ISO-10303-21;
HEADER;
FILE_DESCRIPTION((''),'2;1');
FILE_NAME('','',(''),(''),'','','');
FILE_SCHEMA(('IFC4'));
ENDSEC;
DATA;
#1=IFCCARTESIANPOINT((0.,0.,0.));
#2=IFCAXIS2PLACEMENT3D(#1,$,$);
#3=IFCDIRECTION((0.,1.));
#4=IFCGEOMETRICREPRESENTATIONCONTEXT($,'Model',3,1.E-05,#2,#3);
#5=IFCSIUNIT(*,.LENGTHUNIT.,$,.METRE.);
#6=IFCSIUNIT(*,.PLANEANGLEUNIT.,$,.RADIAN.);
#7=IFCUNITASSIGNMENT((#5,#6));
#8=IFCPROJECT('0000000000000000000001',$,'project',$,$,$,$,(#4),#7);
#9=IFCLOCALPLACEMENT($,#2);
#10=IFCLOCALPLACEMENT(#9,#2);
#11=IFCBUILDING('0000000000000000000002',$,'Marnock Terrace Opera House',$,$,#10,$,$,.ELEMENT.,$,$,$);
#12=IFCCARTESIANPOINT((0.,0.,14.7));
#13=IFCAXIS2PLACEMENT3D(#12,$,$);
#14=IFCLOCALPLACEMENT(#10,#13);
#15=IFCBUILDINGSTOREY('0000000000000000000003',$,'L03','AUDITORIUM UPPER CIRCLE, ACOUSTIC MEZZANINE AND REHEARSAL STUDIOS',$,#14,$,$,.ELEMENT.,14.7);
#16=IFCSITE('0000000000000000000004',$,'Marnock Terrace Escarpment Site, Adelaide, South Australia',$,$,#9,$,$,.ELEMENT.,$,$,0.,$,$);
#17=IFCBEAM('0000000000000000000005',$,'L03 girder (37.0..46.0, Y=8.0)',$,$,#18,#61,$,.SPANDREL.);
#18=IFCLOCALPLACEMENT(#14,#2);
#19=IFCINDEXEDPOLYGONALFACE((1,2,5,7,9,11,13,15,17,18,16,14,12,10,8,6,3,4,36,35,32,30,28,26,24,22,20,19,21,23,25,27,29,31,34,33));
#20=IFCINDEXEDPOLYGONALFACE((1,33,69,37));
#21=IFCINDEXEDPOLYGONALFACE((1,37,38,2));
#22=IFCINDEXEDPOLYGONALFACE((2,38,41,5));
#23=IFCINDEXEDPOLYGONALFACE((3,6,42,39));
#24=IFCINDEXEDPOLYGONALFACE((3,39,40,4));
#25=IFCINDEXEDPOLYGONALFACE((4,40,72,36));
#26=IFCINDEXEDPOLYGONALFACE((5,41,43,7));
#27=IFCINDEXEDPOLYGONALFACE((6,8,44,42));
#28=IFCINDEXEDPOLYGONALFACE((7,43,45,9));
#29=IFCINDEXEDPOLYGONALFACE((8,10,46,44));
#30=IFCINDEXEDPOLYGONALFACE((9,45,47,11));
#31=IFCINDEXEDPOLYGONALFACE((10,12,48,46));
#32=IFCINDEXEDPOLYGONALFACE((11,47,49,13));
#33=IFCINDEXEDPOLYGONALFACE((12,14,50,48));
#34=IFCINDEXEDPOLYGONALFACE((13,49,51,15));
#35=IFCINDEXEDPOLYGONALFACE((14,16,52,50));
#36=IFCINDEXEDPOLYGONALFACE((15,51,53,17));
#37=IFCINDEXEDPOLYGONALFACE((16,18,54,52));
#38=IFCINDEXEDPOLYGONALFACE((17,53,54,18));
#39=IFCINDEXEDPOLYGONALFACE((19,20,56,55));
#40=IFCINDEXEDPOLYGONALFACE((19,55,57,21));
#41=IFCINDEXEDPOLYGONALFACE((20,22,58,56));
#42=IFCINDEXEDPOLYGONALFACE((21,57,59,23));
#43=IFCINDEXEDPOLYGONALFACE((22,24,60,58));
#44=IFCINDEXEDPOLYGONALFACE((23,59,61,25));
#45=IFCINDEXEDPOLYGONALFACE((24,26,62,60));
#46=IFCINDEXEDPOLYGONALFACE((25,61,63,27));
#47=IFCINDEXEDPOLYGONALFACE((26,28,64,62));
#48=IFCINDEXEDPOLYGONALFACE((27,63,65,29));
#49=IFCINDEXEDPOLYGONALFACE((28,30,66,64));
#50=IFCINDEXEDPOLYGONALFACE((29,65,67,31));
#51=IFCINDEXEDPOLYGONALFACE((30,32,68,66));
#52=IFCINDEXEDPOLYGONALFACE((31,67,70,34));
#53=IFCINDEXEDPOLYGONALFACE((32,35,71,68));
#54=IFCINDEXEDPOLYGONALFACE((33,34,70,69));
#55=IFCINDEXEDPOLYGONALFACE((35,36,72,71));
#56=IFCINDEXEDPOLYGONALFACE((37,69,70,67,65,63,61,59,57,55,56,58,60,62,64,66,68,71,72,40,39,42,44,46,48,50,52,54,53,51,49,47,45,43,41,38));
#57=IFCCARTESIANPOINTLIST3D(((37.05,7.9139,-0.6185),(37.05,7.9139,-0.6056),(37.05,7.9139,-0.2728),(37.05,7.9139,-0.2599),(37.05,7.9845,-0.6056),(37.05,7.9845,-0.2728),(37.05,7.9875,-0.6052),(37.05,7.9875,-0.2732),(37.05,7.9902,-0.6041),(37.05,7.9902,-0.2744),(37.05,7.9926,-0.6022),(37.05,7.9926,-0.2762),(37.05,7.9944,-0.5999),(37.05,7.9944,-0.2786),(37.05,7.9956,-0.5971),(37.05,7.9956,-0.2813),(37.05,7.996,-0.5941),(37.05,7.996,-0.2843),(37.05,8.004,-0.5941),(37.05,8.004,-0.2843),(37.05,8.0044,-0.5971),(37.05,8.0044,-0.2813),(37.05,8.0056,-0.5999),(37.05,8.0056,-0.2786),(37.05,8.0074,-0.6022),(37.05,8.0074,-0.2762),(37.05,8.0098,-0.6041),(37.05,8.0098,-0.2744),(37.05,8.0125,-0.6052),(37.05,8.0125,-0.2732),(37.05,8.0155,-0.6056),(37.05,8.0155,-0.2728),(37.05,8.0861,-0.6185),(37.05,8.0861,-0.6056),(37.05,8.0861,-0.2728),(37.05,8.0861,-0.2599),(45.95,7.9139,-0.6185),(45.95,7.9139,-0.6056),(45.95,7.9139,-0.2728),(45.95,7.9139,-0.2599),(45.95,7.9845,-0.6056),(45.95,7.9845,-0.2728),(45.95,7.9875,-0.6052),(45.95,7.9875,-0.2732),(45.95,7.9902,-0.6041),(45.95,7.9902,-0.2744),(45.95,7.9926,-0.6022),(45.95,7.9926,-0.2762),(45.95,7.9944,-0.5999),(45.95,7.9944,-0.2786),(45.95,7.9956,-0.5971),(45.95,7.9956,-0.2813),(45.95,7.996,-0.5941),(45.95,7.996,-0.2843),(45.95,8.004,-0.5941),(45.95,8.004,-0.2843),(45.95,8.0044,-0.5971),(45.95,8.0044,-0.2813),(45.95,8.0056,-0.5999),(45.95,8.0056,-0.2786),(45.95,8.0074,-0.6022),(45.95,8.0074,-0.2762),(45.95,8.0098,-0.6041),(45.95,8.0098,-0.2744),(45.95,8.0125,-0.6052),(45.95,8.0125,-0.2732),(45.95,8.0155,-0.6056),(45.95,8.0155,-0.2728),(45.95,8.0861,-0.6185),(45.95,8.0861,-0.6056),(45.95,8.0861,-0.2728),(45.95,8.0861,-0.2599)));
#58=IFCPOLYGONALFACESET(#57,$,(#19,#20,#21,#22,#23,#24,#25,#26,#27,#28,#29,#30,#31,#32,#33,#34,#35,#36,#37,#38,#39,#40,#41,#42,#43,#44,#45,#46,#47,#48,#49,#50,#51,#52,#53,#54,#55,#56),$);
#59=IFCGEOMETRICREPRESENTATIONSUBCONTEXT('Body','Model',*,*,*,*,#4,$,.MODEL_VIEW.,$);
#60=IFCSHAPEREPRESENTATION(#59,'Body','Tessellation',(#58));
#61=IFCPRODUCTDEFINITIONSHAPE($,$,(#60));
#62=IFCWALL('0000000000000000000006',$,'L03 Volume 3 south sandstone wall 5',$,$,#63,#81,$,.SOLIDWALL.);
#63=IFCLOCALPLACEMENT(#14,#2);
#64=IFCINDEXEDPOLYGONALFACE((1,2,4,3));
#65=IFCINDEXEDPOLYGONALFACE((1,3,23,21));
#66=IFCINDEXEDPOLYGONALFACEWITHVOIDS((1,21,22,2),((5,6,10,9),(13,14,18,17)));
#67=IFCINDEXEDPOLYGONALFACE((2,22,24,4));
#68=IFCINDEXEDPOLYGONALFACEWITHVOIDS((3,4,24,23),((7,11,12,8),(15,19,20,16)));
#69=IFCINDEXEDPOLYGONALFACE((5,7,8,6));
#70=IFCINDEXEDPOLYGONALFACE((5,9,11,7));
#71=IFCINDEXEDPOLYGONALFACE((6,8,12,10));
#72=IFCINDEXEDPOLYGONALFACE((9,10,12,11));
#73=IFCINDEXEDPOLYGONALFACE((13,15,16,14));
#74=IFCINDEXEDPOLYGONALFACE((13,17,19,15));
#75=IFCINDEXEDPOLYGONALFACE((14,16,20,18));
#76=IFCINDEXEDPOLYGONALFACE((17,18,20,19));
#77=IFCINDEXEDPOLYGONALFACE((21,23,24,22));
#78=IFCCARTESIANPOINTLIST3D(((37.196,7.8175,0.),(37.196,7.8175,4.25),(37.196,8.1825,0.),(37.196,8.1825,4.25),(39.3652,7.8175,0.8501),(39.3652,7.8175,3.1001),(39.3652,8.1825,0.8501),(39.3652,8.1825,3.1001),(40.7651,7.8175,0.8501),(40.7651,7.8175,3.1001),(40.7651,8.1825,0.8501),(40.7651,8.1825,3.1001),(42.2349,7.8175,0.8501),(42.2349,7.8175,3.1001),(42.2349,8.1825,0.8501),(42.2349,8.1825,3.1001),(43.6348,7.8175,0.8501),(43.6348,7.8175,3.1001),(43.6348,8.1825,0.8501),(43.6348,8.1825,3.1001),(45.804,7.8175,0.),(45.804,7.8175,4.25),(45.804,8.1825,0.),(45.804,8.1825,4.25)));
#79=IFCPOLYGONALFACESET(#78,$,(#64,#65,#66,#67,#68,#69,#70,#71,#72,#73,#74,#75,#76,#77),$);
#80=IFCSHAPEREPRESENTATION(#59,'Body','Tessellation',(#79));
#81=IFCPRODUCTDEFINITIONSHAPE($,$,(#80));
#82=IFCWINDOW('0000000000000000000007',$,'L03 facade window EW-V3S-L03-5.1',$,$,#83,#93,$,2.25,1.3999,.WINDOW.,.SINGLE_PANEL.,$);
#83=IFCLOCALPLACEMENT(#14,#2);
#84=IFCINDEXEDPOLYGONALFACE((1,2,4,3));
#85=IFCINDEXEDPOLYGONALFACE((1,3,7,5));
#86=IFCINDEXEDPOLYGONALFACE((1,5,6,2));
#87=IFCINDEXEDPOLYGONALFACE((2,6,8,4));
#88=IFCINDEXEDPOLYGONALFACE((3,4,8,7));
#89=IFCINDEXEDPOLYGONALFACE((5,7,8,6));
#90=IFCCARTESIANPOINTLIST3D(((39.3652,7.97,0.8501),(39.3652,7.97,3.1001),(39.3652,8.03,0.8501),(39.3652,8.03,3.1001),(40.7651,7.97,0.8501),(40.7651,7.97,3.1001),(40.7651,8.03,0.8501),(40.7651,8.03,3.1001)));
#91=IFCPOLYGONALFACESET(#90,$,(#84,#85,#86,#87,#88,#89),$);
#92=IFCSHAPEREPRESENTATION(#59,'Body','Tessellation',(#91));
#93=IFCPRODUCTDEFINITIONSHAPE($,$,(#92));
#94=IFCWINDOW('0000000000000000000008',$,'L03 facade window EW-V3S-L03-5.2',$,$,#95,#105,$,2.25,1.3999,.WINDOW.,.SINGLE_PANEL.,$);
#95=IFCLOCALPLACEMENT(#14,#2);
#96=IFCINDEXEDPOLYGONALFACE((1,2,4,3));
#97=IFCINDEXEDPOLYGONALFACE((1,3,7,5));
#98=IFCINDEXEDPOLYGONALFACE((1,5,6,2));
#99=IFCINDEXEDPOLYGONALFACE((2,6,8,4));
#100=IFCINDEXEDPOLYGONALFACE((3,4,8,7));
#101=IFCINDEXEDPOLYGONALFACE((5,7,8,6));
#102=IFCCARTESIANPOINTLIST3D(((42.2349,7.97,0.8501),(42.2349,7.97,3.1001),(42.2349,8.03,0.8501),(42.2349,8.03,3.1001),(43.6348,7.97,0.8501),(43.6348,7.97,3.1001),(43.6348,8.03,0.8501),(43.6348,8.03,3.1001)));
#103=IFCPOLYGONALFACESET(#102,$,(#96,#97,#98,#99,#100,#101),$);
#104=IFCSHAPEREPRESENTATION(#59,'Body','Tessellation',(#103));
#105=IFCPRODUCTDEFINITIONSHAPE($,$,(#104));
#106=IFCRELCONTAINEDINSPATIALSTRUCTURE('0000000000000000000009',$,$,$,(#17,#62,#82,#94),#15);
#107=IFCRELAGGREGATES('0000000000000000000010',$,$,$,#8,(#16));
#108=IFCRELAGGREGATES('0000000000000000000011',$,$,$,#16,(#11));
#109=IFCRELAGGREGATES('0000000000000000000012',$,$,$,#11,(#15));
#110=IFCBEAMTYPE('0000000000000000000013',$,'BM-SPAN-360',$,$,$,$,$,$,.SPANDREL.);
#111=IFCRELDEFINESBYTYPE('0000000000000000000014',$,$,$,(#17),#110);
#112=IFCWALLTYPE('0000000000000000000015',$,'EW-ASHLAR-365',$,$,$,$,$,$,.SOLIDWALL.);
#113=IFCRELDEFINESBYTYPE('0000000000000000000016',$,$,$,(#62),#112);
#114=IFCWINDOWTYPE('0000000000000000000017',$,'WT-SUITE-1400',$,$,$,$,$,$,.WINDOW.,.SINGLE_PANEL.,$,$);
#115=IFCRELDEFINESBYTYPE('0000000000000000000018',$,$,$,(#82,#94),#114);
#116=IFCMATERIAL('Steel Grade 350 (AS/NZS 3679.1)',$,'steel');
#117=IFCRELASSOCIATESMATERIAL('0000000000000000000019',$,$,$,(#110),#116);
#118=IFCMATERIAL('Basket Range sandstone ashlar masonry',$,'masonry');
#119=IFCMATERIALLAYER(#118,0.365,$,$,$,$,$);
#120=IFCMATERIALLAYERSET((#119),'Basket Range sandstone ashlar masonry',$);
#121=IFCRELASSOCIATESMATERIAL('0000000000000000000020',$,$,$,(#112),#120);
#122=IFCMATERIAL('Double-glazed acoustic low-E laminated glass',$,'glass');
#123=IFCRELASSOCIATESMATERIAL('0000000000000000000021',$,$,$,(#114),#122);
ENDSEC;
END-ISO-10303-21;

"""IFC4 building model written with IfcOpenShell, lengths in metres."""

from ifc_helpers import new_model, si_unit, direction, frame, frame_2d, origin, origin_2d, place, context, subcontext, project, spatial, rectangle, i_section, extrude, material, layer, layer_set, material_profile, profile_set, type_object, element, fill, save


model = new_model("IFC4")

# Units and contexts
model_context = context("Model", 3, precision=1e-05, world=origin(), true_north=direction((0.0, 1.0)))
body_context = subcontext(model_context, "Body", "Model", "MODEL_VIEW")
ifc_project = project(units=[si_unit("LENGTHUNIT", "METRE"), si_unit("PLANEANGLEUNIT", "RADIAN")], contexts=[model_context])

# Site, building, storey
site_placement = place(None, origin())
site = spatial("IfcSite", under=ifc_project, at=site_placement, Name="Marnock Terrace Escarpment Site, Adelaide, South Australia", CompositionType="ELEMENT", RefElevation=0.0)
building_placement = place(site_placement, origin())
building = spatial("IfcBuilding", under=site, at=building_placement, Name="Marnock Terrace Opera House", CompositionType="ELEMENT")
storey_placement = place(building_placement, frame((0.0, 0.0, 14.7)))
storey = spatial("IfcBuildingStorey", under=building, at=storey_placement, Name="L03", Description="AUDITORIUM UPPER CIRCLE, ACOUSTIC MEZZANINE AND REHEARSAL STUDIOS", CompositionType="ELEMENT", Elevation=14.7)

# Beam
ifc_material_1 = material(Name="Steel Grade 350 (AS/NZS 3679.1)", Category="steel")
ifc_material_profile_1 = material_profile(ifc_material_1, i_section(OverallWidth=0.1721, OverallDepth=0.3586, WebThickness=0.0081, FlangeThickness=0.0129, FilletRadius=0.0115, at=origin_2d()))
ifc_profile_set_1 = profile_set([ifc_material_profile_1], Name="Steel Grade 350 (AS/NZS 3679.1)")
beam_type_1 = type_object("IfcBeamType", Name="BM-SPAN-360", PredefinedType="SPANDREL", material=ifc_profile_set_1)
beam_1_placement = place(storey_placement, frame((37.05, 8.0, -0.4392), z_axis=(1.0, 0.0, 0.0), x_axis=(0.0, 1.0, 0.0)))
element("IfcBeam", 1, at=beam_1_placement, inside=storey, type_object=beam_type_1, Name="L03 girder (37.0..46.0, Y=8.0)", PredefinedType="SPANDREL", context=body_context, shape_type="SweptSolid", body=[
    extrude(i_section(OverallWidth=0.1721, OverallDepth=0.3586, WebThickness=0.0081, FlangeThickness=0.0129, FilletRadius=0.0115, at=origin_2d()), origin(), (0.0, 0.0, 1.0), 8.8999),
])

# Wall, openings, windows
ifc_material_2 = material(Name="Basket Range sandstone ashlar masonry", Category="masonry")
ifc_layer = layer(ifc_material_2, 0.365)
ifc_layer_set = layer_set([ifc_layer], Name="Basket Range sandstone ashlar masonry")
wall_type = type_object("IfcWallType", Name="EW-ASHLAR-365", PredefinedType="SOLIDWALL", material=ifc_layer_set)
wall_placement = place(storey_placement, frame((37.196, 8.0, 0.0), z_axis=(0.0, 0.0, 1.0), x_axis=(1.0, 0.0, 0.0)))
wall = element("IfcWall", 2, at=wall_placement, inside=storey, type_object=wall_type, Name="L03 Volume 3 south sandstone wall 5", PredefinedType="SOLIDWALL", context=body_context, shape_type="SweptSolid", body=[
    extrude(rectangle(XDim=8.6079, YDim=0.365, at=frame_2d((4.304, 0.0))), origin(), (0.0, 0.0, 1.0), 4.25),
])
opening_1_placement = place(wall_placement, frame((2.1692, 0.0, 0.8501)))
opening_1 = element("IfcOpeningElement", 3, at=opening_1_placement, cuts=wall, PredefinedType="OPENING", context=body_context, shape_type="SweptSolid", body=[
    extrude(rectangle(XDim=1.3999, YDim=2.25, at=frame_2d((0.7, 1.125))), frame((0.0, 0.1924, 0.0), z_axis=(0.0, -1.0, 0.0), x_axis=(1.0, 0.0, 0.0)), (0.0, 0.0, 1.0), 0.385),
])
opening_2_placement = place(wall_placement, frame((5.0388, 0.0, 0.8501)))
opening_2 = element("IfcOpeningElement", 4, at=opening_2_placement, cuts=wall, PredefinedType="OPENING", context=body_context, shape_type="SweptSolid", body=[
    extrude(rectangle(XDim=1.3999, YDim=2.25, at=frame_2d((0.7, 1.125))), frame((0.0, 0.1924, 0.0), z_axis=(0.0, -1.0, 0.0), x_axis=(1.0, 0.0, 0.0)), (0.0, 0.0, 1.0), 0.385),
])
ifc_material_3 = material(Name="Double-glazed acoustic low-E laminated glass", Category="glass")
window_type = type_object("IfcWindowType", Name="WT-SUITE-1400", PartitioningType="SINGLE_PANEL", PredefinedType="WINDOW", material=ifc_material_3)
window_1_placement = place(opening_1_placement, origin())
window_1 = element("IfcWindow", 5, at=window_1_placement, inside=storey, type_object=window_type, Name="L03 facade window EW-V3S-L03-5.1", OverallHeight=2.25, OverallWidth=1.3999, PartitioningType="SINGLE_PANEL", PredefinedType="WINDOW", context=body_context, shape_type="SweptSolid", body=[
    extrude(rectangle(XDim=1.3999, YDim=2.25, at=frame_2d((0.7, 1.125))), frame((0.0, 0.03, 0.0), z_axis=(0.0, -1.0, 0.0), x_axis=(1.0, 0.0, 0.0)), (0.0, 0.0, 1.0), 0.0601),
])
fill(opening_1, window_1)
window_2_placement = place(opening_2_placement, origin())
window_2 = element("IfcWindow", 6, at=window_2_placement, inside=storey, type_object=window_type, Name="L03 facade window EW-V3S-L03-5.2", OverallHeight=2.25, OverallWidth=1.3999, PartitioningType="SINGLE_PANEL", PredefinedType="WINDOW", context=body_context, shape_type="SweptSolid", body=[
    extrude(rectangle(XDim=1.3999, YDim=2.25, at=frame_2d((0.7, 1.125))), frame((0.0, 0.03, 0.0), z_axis=(0.0, -1.0, 0.0), x_axis=(1.0, 0.0, 0.0)), (0.0, 0.0, 1.0), 0.0601),
])
fill(opening_2, window_2)

save(model, "model.ifc")
